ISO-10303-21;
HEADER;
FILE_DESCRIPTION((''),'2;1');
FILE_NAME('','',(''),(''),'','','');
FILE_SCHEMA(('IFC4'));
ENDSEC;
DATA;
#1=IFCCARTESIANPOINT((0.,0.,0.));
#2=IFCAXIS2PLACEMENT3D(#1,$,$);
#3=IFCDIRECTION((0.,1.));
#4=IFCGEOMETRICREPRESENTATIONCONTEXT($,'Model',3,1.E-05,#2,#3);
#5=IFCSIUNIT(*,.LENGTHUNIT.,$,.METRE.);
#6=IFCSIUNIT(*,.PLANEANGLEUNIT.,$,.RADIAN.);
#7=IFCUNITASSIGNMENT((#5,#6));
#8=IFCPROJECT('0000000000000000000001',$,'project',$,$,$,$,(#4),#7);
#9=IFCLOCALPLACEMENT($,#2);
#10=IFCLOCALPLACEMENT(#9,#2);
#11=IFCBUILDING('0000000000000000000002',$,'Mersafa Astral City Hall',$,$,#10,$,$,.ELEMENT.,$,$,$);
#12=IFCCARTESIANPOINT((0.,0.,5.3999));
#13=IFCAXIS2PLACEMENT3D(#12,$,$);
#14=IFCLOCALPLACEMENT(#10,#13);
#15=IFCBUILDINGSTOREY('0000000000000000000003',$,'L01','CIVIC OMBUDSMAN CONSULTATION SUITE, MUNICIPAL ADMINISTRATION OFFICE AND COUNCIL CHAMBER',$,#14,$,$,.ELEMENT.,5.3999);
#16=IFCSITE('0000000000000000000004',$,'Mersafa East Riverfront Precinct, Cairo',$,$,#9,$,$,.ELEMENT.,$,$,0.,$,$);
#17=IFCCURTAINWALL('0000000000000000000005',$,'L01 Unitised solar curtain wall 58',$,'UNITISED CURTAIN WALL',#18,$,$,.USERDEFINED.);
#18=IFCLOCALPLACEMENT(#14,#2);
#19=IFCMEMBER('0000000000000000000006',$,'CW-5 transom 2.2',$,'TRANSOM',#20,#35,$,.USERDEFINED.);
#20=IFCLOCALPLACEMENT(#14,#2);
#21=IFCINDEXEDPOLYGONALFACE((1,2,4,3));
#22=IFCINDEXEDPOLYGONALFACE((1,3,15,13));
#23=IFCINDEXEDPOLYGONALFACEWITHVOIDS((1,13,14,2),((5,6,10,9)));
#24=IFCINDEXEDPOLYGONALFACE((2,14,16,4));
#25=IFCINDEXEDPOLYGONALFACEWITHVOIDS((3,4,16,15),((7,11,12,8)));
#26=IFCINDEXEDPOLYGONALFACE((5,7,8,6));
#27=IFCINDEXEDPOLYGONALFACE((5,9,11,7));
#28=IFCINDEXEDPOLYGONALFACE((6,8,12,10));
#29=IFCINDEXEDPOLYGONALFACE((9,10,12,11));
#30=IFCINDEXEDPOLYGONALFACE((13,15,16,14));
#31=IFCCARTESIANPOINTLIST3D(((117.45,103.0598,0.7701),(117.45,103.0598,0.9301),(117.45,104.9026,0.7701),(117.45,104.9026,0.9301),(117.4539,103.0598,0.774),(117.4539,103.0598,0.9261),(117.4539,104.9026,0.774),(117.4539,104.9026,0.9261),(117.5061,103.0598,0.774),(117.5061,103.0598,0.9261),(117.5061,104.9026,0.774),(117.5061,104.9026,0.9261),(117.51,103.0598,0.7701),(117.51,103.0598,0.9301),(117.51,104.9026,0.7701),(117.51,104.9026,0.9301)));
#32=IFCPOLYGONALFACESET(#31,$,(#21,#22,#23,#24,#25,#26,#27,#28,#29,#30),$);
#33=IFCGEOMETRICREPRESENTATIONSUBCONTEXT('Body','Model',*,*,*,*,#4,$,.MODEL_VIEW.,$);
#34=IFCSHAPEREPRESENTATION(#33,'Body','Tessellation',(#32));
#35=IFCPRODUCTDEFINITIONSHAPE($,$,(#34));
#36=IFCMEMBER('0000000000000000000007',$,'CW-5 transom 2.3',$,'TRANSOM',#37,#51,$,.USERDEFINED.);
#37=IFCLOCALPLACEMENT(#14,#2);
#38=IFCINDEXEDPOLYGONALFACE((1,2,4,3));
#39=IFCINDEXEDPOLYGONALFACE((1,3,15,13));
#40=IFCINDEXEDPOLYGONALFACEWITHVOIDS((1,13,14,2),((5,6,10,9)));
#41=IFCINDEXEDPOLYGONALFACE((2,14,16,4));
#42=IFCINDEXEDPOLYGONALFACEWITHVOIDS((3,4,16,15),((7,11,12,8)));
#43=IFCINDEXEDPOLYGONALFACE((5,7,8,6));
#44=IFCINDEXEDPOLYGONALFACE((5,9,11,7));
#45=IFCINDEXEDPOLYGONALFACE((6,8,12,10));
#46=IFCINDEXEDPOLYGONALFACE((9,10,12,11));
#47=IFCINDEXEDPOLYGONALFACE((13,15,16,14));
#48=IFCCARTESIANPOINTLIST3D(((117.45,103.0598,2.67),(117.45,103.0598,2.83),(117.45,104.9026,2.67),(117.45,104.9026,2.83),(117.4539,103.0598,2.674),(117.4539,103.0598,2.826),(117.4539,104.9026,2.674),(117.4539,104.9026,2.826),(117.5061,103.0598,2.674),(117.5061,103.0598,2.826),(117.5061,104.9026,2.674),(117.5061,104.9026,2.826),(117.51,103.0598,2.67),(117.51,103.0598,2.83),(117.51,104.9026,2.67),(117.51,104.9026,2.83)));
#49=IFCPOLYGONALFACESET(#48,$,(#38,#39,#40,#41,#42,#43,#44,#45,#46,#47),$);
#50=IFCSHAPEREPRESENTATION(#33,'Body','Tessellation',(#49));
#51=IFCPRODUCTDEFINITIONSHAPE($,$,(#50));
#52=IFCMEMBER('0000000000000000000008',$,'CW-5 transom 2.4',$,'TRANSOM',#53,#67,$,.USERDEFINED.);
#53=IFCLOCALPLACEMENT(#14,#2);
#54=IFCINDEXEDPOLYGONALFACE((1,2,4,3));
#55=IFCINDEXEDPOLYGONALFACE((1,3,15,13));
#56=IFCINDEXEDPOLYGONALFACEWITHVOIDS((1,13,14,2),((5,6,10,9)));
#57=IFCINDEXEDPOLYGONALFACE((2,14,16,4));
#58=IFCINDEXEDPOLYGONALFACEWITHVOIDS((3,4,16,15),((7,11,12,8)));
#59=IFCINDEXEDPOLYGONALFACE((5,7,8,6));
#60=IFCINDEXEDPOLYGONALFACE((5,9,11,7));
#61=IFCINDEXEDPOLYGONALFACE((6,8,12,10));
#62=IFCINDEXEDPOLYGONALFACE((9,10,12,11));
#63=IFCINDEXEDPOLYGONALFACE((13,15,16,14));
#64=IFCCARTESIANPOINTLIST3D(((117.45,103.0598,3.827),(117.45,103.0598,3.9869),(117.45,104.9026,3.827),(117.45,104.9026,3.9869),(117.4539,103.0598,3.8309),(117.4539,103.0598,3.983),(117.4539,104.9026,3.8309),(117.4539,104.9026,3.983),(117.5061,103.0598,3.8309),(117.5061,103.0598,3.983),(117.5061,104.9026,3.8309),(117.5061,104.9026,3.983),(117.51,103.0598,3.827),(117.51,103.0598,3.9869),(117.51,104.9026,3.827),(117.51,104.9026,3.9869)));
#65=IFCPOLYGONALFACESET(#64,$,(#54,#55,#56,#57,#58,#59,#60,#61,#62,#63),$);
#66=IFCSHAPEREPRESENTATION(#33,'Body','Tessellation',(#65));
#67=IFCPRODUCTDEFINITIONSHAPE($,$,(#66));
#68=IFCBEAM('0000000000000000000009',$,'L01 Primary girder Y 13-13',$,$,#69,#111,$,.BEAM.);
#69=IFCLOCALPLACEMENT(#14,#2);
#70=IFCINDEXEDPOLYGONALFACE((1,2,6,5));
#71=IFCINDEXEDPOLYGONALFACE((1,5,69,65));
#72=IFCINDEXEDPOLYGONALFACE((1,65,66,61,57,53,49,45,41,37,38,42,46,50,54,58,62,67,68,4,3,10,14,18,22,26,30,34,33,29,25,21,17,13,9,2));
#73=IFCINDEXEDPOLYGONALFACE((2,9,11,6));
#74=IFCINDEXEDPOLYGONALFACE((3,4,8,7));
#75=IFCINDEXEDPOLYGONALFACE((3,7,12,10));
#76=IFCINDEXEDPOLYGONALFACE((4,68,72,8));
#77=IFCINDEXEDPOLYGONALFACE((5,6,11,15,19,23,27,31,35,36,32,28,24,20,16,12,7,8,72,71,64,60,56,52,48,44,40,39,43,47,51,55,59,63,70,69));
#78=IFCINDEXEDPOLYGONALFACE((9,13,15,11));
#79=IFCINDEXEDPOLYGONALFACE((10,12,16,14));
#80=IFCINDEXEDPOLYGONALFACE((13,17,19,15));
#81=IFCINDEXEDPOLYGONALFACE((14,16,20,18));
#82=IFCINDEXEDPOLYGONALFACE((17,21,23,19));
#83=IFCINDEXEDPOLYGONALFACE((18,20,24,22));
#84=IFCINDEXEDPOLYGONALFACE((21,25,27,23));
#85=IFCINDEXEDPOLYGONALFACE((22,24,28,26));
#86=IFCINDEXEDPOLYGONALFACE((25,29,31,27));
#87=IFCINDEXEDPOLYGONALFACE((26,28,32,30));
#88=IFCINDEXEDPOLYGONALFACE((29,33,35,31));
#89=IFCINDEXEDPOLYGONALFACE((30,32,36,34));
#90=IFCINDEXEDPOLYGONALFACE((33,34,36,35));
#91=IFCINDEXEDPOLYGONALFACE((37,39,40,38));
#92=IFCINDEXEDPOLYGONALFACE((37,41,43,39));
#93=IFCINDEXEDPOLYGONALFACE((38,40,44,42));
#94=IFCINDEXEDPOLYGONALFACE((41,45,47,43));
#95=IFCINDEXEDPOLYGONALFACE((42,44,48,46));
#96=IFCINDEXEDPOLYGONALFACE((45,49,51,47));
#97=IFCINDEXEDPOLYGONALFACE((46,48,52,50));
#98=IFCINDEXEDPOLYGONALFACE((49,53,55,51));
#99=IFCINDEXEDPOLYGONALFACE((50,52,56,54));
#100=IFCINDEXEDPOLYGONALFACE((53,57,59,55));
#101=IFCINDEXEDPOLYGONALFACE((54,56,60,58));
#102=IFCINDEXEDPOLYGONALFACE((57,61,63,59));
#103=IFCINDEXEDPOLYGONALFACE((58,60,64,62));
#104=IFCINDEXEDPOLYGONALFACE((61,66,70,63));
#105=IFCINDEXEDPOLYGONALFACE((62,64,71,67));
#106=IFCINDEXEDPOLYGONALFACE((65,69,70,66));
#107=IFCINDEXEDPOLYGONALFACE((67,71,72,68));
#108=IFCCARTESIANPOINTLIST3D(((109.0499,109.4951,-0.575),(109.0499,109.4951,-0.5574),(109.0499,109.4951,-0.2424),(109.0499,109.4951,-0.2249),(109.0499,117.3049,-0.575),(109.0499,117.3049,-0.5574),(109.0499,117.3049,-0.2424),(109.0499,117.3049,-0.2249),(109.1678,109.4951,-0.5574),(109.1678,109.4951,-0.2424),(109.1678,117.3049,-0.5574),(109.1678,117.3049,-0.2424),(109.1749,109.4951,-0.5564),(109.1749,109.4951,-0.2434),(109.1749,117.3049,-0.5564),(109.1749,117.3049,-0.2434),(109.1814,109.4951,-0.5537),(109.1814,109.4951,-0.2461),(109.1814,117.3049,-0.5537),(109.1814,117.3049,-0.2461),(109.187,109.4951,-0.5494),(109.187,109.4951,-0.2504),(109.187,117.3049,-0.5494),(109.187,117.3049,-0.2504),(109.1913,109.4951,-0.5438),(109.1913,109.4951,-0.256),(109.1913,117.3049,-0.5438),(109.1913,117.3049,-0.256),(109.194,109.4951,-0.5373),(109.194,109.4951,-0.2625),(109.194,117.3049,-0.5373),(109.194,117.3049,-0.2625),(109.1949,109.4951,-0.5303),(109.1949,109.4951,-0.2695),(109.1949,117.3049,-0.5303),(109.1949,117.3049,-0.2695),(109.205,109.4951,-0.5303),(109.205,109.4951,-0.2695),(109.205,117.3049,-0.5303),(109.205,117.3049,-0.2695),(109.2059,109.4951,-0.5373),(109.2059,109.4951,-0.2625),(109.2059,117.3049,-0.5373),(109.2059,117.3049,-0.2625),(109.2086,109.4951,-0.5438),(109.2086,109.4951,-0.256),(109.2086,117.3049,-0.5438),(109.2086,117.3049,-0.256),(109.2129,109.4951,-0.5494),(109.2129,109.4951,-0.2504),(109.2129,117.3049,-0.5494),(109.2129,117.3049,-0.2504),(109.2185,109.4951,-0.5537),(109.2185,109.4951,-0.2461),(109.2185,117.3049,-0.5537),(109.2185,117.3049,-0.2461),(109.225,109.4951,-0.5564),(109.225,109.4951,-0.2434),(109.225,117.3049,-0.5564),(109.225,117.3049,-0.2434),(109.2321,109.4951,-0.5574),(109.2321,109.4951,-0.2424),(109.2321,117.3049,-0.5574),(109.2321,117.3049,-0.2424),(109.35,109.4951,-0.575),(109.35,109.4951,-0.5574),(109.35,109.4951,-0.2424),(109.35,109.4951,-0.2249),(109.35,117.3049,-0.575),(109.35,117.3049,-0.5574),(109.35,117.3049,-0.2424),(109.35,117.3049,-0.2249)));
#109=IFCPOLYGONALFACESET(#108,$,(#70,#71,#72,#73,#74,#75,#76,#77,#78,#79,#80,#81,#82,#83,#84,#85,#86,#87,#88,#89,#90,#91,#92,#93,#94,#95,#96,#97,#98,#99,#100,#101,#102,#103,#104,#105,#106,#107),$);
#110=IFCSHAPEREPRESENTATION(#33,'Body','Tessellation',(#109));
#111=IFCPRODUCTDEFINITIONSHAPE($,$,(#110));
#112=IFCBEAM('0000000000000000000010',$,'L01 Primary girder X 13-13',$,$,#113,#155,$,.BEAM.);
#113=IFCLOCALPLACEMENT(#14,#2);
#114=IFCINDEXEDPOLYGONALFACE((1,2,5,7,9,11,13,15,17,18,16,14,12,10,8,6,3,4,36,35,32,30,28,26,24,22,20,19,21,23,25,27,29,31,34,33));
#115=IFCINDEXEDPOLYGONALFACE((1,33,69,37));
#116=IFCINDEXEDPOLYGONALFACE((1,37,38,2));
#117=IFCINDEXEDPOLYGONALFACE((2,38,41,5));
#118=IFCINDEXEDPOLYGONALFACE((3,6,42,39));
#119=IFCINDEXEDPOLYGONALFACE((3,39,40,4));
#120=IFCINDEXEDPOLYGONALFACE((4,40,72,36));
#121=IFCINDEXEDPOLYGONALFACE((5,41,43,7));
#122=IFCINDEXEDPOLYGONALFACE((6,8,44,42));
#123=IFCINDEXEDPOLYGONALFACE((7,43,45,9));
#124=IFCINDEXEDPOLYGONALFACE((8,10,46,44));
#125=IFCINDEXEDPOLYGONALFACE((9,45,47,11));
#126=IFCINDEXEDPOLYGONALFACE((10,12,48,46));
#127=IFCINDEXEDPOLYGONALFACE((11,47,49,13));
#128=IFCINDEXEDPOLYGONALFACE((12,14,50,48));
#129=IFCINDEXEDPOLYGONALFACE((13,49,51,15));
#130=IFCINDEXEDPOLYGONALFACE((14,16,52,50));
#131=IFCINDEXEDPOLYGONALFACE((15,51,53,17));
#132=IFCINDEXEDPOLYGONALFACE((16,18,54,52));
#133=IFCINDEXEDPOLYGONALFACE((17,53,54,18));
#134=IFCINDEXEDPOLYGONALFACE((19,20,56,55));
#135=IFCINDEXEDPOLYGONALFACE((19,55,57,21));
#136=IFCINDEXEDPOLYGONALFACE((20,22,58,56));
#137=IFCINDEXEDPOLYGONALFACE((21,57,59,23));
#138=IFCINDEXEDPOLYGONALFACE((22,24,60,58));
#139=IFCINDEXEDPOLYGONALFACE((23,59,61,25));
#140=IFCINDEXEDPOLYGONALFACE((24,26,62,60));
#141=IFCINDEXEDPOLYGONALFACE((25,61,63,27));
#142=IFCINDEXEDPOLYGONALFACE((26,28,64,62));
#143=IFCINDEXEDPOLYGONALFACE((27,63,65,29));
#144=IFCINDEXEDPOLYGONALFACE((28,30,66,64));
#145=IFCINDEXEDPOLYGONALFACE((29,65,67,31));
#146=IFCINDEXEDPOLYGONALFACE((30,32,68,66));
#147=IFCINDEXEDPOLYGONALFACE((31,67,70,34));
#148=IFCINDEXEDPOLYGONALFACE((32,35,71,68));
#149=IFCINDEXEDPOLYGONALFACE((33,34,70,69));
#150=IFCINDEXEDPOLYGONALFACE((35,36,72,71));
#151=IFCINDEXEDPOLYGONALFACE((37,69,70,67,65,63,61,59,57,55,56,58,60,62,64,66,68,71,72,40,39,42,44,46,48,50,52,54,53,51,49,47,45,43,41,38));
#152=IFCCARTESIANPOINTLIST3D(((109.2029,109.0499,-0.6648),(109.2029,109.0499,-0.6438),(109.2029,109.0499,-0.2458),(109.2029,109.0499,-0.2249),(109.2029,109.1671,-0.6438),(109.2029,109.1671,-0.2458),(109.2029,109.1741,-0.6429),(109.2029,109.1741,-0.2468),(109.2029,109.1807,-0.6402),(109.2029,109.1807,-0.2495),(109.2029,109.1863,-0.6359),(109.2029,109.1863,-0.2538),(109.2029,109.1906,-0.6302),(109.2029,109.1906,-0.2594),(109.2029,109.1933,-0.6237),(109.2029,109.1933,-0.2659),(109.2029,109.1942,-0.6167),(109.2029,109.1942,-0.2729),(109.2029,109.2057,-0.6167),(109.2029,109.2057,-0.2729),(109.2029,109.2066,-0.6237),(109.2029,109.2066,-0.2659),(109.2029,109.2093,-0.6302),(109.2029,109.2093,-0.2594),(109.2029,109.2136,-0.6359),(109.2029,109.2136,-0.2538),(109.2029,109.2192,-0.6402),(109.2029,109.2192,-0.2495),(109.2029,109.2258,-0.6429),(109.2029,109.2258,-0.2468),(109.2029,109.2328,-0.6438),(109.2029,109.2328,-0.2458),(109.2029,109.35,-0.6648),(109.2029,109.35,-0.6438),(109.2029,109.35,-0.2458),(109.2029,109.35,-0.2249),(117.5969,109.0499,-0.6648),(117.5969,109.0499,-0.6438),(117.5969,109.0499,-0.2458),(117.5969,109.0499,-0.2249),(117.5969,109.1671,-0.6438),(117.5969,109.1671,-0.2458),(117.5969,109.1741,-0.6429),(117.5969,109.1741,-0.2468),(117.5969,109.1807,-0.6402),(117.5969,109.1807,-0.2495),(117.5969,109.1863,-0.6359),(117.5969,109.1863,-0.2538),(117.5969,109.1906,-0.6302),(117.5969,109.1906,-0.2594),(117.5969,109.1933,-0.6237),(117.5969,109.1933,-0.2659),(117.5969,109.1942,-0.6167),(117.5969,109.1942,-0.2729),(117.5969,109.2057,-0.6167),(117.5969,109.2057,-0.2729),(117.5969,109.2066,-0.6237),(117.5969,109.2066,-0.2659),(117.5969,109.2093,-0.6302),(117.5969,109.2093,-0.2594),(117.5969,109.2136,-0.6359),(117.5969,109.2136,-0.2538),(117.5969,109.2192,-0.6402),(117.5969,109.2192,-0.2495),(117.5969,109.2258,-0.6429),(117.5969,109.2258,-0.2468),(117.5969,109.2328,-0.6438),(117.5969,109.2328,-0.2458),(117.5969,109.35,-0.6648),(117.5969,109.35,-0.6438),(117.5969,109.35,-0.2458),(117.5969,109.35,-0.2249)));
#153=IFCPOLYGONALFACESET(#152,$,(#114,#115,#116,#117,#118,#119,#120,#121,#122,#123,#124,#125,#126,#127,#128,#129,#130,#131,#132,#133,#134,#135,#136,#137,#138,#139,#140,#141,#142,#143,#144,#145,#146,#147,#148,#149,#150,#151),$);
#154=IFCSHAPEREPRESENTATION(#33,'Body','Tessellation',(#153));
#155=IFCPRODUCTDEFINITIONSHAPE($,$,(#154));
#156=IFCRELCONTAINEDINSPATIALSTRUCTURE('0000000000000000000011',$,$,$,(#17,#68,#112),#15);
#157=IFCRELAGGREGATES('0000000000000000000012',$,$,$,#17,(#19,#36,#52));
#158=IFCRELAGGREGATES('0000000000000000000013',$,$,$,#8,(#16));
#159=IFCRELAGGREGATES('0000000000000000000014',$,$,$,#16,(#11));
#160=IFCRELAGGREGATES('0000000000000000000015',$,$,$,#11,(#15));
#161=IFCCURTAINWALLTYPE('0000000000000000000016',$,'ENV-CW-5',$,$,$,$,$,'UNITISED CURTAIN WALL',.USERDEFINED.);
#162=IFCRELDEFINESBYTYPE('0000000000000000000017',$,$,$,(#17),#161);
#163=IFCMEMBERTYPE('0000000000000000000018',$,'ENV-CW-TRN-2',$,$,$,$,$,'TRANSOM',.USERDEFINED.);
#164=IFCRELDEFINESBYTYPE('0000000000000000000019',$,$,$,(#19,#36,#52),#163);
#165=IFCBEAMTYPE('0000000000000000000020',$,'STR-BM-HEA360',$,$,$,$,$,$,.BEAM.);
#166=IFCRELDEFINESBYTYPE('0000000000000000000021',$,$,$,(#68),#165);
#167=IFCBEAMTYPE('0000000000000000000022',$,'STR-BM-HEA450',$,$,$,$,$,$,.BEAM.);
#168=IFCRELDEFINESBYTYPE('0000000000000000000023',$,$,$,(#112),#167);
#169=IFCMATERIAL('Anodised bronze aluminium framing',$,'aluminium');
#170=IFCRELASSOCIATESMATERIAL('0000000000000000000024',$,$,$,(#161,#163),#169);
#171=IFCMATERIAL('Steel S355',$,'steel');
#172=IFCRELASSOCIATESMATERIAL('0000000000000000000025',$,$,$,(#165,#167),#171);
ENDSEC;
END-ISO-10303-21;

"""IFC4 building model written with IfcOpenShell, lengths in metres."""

from ifc_helpers import new_model, si_unit, direction, frame, origin, origin_2d, place, context, subcontext, project, spatial, hollow_rectangle, i_section, extrude, material, material_profile, profile_set, type_object, element, aggregate, save


model = new_model("IFC4")

# Units and contexts
model_context = context("Model", 3, precision=1e-05, world=origin(), true_north=direction((0.0, 1.0)))
body_context = subcontext(model_context, "Body", "Model", "MODEL_VIEW")
ifc_project = project(units=[si_unit("LENGTHUNIT", "METRE"), si_unit("PLANEANGLEUNIT", "RADIAN")], contexts=[model_context])

# Site, building, storey
site_placement = place(None, origin())
site = spatial("IfcSite", under=ifc_project, at=site_placement, Name="Mersafa East Riverfront Precinct, Cairo", CompositionType="ELEMENT", RefElevation=0.0)
building_placement = place(site_placement, origin())
building = spatial("IfcBuilding", under=site, at=building_placement, Name="Mersafa Astral City Hall", CompositionType="ELEMENT")
storey_placement = place(building_placement, frame((0.0, 0.0, 5.3999)))
storey = spatial("IfcBuildingStorey", under=building, at=storey_placement, Name="L01", Description="CIVIC OMBUDSMAN CONSULTATION SUITE, MUNICIPAL ADMINISTRATION OFFICE AND COUNCIL CHAMBER", CompositionType="ELEMENT", Elevation=5.3999)

# Shared definitions
ifc_material_1 = material(Name="Steel S355", Category="steel")

# Curtain wall, members
ifc_material_2 = material(Name="Anodised bronze aluminium framing", Category="aluminium")
curtain_wall_type = type_object("IfcCurtainWallType", Name="ENV-CW-5", ElementType="UNITISED CURTAIN WALL", PredefinedType="USERDEFINED", material=ifc_material_2)
curtain_wall_placement = place(storey_placement, origin())
curtain_wall = element("IfcCurtainWall", 1, at=curtain_wall_placement, inside=storey, type_object=curtain_wall_type, Name="L01 Unitised solar curtain wall 58", ObjectType="UNITISED CURTAIN WALL", PredefinedType="USERDEFINED")
ifc_material_profile_1 = material_profile(ifc_material_2, hollow_rectangle(XDim=0.0601, YDim=0.1599, WallThickness=0.0039, at=origin_2d()), Name="RHS 60x160x4")
ifc_profile_set_1 = profile_set([ifc_material_profile_1], Name="Anodised bronze aluminium framing")
member_type_1 = type_object("IfcMemberType", Name="ENV-CW-TRN-2", ElementType="TRANSOM", PredefinedType="USERDEFINED", material=ifc_profile_set_1)
member_1_placement = place(storey_placement, frame((117.48, 103.0598, 0.8501), z_axis=(0.0, 1.0, 0.0), x_axis=(-1.0, 0.0, 0.0)))
member_1 = element("IfcMember", 2, at=member_1_placement, type_object=member_type_1, Name="CW-5 transom 2.2", ObjectType="TRANSOM", PredefinedType="USERDEFINED", context=body_context, shape_type="SweptSolid", body=[
    extrude(hollow_rectangle(XDim=0.0601, YDim=0.1599, WallThickness=0.0039, at=origin_2d()), origin(), (0.0, 0.0, 1.0), 1.8428),
])
member_2_placement = place(storey_placement, frame((117.48, 103.0598, 2.75), z_axis=(0.0, 1.0, 0.0), x_axis=(-1.0, 0.0, 0.0)))
member_2 = element("IfcMember", 3, at=member_2_placement, type_object=member_type_1, Name="CW-5 transom 2.3", ObjectType="TRANSOM", PredefinedType="USERDEFINED", context=body_context, shape_type="SweptSolid", body=[
    extrude(hollow_rectangle(XDim=0.0601, YDim=0.1599, WallThickness=0.0039, at=origin_2d()), origin(), (0.0, 0.0, 1.0), 1.8428),
])
member_3_placement = place(storey_placement, frame((117.48, 103.0598, 3.907), z_axis=(0.0, 1.0, 0.0), x_axis=(-1.0, 0.0, 0.0)))
member_3 = element("IfcMember", 4, at=member_3_placement, type_object=member_type_1, Name="CW-5 transom 2.4", ObjectType="TRANSOM", PredefinedType="USERDEFINED", context=body_context, shape_type="SweptSolid", body=[
    extrude(hollow_rectangle(XDim=0.0601, YDim=0.1599, WallThickness=0.0039, at=origin_2d()), origin(), (0.0, 0.0, 1.0), 1.8428),
])

# Beams
ifc_material_profile_2 = material_profile(ifc_material_1, i_section(OverallWidth=0.3, OverallDepth=0.3501, WebThickness=0.01, FlangeThickness=0.0176, FilletRadius=0.0271, at=origin_2d()), Name="HEA 360")
ifc_profile_set_2 = profile_set([ifc_material_profile_2], Name="Steel S355")
beam_type_1 = type_object("IfcBeamType", Name="STR-BM-HEA360", PredefinedType="BEAM", material=ifc_profile_set_2)
beam_1_placement = place(storey_placement, frame((109.2, 109.4951, -0.3999), z_axis=(0.0, 1.0, 0.0), x_axis=(-1.0, 0.0, 0.0)))
element("IfcBeam", 5, at=beam_1_placement, inside=storey, type_object=beam_type_1, Name="L01 Primary girder Y 13-13", PredefinedType="BEAM", context=body_context, shape_type="SweptSolid", body=[
    extrude(i_section(OverallWidth=0.3, OverallDepth=0.3501, WebThickness=0.01, FlangeThickness=0.0176, FilletRadius=0.0271, at=origin_2d()), origin(), (0.0, 0.0, 1.0), 7.8098),
])
ifc_material_profile_3 = material_profile(ifc_material_1, i_section(OverallWidth=0.3, OverallDepth=0.4399, WebThickness=0.0115, FlangeThickness=0.021, FilletRadius=0.0271, at=origin_2d()), Name="HEA 450")
ifc_profile_set_3 = profile_set([ifc_material_profile_3], Name="Steel S355")
beam_type_2 = type_object("IfcBeamType", Name="STR-BM-HEA450", PredefinedType="BEAM", material=ifc_profile_set_3)
beam_2_placement = place(storey_placement, frame((109.2029, 109.2, -0.4448), z_axis=(1.0, 0.0, 0.0), x_axis=(0.0, 1.0, 0.0)))
element("IfcBeam", 6, at=beam_2_placement, inside=storey, type_object=beam_type_2, Name="L01 Primary girder X 13-13", PredefinedType="BEAM", context=body_context, shape_type="SweptSolid", body=[
    extrude(i_section(OverallWidth=0.3, OverallDepth=0.4399, WebThickness=0.0115, FlangeThickness=0.021, FilletRadius=0.0271, at=origin_2d()), origin(), (0.0, 0.0, 1.0), 8.394),
])

aggregate(curtain_wall, [member_1, member_2, member_3])

save(model, "model.ifc")
